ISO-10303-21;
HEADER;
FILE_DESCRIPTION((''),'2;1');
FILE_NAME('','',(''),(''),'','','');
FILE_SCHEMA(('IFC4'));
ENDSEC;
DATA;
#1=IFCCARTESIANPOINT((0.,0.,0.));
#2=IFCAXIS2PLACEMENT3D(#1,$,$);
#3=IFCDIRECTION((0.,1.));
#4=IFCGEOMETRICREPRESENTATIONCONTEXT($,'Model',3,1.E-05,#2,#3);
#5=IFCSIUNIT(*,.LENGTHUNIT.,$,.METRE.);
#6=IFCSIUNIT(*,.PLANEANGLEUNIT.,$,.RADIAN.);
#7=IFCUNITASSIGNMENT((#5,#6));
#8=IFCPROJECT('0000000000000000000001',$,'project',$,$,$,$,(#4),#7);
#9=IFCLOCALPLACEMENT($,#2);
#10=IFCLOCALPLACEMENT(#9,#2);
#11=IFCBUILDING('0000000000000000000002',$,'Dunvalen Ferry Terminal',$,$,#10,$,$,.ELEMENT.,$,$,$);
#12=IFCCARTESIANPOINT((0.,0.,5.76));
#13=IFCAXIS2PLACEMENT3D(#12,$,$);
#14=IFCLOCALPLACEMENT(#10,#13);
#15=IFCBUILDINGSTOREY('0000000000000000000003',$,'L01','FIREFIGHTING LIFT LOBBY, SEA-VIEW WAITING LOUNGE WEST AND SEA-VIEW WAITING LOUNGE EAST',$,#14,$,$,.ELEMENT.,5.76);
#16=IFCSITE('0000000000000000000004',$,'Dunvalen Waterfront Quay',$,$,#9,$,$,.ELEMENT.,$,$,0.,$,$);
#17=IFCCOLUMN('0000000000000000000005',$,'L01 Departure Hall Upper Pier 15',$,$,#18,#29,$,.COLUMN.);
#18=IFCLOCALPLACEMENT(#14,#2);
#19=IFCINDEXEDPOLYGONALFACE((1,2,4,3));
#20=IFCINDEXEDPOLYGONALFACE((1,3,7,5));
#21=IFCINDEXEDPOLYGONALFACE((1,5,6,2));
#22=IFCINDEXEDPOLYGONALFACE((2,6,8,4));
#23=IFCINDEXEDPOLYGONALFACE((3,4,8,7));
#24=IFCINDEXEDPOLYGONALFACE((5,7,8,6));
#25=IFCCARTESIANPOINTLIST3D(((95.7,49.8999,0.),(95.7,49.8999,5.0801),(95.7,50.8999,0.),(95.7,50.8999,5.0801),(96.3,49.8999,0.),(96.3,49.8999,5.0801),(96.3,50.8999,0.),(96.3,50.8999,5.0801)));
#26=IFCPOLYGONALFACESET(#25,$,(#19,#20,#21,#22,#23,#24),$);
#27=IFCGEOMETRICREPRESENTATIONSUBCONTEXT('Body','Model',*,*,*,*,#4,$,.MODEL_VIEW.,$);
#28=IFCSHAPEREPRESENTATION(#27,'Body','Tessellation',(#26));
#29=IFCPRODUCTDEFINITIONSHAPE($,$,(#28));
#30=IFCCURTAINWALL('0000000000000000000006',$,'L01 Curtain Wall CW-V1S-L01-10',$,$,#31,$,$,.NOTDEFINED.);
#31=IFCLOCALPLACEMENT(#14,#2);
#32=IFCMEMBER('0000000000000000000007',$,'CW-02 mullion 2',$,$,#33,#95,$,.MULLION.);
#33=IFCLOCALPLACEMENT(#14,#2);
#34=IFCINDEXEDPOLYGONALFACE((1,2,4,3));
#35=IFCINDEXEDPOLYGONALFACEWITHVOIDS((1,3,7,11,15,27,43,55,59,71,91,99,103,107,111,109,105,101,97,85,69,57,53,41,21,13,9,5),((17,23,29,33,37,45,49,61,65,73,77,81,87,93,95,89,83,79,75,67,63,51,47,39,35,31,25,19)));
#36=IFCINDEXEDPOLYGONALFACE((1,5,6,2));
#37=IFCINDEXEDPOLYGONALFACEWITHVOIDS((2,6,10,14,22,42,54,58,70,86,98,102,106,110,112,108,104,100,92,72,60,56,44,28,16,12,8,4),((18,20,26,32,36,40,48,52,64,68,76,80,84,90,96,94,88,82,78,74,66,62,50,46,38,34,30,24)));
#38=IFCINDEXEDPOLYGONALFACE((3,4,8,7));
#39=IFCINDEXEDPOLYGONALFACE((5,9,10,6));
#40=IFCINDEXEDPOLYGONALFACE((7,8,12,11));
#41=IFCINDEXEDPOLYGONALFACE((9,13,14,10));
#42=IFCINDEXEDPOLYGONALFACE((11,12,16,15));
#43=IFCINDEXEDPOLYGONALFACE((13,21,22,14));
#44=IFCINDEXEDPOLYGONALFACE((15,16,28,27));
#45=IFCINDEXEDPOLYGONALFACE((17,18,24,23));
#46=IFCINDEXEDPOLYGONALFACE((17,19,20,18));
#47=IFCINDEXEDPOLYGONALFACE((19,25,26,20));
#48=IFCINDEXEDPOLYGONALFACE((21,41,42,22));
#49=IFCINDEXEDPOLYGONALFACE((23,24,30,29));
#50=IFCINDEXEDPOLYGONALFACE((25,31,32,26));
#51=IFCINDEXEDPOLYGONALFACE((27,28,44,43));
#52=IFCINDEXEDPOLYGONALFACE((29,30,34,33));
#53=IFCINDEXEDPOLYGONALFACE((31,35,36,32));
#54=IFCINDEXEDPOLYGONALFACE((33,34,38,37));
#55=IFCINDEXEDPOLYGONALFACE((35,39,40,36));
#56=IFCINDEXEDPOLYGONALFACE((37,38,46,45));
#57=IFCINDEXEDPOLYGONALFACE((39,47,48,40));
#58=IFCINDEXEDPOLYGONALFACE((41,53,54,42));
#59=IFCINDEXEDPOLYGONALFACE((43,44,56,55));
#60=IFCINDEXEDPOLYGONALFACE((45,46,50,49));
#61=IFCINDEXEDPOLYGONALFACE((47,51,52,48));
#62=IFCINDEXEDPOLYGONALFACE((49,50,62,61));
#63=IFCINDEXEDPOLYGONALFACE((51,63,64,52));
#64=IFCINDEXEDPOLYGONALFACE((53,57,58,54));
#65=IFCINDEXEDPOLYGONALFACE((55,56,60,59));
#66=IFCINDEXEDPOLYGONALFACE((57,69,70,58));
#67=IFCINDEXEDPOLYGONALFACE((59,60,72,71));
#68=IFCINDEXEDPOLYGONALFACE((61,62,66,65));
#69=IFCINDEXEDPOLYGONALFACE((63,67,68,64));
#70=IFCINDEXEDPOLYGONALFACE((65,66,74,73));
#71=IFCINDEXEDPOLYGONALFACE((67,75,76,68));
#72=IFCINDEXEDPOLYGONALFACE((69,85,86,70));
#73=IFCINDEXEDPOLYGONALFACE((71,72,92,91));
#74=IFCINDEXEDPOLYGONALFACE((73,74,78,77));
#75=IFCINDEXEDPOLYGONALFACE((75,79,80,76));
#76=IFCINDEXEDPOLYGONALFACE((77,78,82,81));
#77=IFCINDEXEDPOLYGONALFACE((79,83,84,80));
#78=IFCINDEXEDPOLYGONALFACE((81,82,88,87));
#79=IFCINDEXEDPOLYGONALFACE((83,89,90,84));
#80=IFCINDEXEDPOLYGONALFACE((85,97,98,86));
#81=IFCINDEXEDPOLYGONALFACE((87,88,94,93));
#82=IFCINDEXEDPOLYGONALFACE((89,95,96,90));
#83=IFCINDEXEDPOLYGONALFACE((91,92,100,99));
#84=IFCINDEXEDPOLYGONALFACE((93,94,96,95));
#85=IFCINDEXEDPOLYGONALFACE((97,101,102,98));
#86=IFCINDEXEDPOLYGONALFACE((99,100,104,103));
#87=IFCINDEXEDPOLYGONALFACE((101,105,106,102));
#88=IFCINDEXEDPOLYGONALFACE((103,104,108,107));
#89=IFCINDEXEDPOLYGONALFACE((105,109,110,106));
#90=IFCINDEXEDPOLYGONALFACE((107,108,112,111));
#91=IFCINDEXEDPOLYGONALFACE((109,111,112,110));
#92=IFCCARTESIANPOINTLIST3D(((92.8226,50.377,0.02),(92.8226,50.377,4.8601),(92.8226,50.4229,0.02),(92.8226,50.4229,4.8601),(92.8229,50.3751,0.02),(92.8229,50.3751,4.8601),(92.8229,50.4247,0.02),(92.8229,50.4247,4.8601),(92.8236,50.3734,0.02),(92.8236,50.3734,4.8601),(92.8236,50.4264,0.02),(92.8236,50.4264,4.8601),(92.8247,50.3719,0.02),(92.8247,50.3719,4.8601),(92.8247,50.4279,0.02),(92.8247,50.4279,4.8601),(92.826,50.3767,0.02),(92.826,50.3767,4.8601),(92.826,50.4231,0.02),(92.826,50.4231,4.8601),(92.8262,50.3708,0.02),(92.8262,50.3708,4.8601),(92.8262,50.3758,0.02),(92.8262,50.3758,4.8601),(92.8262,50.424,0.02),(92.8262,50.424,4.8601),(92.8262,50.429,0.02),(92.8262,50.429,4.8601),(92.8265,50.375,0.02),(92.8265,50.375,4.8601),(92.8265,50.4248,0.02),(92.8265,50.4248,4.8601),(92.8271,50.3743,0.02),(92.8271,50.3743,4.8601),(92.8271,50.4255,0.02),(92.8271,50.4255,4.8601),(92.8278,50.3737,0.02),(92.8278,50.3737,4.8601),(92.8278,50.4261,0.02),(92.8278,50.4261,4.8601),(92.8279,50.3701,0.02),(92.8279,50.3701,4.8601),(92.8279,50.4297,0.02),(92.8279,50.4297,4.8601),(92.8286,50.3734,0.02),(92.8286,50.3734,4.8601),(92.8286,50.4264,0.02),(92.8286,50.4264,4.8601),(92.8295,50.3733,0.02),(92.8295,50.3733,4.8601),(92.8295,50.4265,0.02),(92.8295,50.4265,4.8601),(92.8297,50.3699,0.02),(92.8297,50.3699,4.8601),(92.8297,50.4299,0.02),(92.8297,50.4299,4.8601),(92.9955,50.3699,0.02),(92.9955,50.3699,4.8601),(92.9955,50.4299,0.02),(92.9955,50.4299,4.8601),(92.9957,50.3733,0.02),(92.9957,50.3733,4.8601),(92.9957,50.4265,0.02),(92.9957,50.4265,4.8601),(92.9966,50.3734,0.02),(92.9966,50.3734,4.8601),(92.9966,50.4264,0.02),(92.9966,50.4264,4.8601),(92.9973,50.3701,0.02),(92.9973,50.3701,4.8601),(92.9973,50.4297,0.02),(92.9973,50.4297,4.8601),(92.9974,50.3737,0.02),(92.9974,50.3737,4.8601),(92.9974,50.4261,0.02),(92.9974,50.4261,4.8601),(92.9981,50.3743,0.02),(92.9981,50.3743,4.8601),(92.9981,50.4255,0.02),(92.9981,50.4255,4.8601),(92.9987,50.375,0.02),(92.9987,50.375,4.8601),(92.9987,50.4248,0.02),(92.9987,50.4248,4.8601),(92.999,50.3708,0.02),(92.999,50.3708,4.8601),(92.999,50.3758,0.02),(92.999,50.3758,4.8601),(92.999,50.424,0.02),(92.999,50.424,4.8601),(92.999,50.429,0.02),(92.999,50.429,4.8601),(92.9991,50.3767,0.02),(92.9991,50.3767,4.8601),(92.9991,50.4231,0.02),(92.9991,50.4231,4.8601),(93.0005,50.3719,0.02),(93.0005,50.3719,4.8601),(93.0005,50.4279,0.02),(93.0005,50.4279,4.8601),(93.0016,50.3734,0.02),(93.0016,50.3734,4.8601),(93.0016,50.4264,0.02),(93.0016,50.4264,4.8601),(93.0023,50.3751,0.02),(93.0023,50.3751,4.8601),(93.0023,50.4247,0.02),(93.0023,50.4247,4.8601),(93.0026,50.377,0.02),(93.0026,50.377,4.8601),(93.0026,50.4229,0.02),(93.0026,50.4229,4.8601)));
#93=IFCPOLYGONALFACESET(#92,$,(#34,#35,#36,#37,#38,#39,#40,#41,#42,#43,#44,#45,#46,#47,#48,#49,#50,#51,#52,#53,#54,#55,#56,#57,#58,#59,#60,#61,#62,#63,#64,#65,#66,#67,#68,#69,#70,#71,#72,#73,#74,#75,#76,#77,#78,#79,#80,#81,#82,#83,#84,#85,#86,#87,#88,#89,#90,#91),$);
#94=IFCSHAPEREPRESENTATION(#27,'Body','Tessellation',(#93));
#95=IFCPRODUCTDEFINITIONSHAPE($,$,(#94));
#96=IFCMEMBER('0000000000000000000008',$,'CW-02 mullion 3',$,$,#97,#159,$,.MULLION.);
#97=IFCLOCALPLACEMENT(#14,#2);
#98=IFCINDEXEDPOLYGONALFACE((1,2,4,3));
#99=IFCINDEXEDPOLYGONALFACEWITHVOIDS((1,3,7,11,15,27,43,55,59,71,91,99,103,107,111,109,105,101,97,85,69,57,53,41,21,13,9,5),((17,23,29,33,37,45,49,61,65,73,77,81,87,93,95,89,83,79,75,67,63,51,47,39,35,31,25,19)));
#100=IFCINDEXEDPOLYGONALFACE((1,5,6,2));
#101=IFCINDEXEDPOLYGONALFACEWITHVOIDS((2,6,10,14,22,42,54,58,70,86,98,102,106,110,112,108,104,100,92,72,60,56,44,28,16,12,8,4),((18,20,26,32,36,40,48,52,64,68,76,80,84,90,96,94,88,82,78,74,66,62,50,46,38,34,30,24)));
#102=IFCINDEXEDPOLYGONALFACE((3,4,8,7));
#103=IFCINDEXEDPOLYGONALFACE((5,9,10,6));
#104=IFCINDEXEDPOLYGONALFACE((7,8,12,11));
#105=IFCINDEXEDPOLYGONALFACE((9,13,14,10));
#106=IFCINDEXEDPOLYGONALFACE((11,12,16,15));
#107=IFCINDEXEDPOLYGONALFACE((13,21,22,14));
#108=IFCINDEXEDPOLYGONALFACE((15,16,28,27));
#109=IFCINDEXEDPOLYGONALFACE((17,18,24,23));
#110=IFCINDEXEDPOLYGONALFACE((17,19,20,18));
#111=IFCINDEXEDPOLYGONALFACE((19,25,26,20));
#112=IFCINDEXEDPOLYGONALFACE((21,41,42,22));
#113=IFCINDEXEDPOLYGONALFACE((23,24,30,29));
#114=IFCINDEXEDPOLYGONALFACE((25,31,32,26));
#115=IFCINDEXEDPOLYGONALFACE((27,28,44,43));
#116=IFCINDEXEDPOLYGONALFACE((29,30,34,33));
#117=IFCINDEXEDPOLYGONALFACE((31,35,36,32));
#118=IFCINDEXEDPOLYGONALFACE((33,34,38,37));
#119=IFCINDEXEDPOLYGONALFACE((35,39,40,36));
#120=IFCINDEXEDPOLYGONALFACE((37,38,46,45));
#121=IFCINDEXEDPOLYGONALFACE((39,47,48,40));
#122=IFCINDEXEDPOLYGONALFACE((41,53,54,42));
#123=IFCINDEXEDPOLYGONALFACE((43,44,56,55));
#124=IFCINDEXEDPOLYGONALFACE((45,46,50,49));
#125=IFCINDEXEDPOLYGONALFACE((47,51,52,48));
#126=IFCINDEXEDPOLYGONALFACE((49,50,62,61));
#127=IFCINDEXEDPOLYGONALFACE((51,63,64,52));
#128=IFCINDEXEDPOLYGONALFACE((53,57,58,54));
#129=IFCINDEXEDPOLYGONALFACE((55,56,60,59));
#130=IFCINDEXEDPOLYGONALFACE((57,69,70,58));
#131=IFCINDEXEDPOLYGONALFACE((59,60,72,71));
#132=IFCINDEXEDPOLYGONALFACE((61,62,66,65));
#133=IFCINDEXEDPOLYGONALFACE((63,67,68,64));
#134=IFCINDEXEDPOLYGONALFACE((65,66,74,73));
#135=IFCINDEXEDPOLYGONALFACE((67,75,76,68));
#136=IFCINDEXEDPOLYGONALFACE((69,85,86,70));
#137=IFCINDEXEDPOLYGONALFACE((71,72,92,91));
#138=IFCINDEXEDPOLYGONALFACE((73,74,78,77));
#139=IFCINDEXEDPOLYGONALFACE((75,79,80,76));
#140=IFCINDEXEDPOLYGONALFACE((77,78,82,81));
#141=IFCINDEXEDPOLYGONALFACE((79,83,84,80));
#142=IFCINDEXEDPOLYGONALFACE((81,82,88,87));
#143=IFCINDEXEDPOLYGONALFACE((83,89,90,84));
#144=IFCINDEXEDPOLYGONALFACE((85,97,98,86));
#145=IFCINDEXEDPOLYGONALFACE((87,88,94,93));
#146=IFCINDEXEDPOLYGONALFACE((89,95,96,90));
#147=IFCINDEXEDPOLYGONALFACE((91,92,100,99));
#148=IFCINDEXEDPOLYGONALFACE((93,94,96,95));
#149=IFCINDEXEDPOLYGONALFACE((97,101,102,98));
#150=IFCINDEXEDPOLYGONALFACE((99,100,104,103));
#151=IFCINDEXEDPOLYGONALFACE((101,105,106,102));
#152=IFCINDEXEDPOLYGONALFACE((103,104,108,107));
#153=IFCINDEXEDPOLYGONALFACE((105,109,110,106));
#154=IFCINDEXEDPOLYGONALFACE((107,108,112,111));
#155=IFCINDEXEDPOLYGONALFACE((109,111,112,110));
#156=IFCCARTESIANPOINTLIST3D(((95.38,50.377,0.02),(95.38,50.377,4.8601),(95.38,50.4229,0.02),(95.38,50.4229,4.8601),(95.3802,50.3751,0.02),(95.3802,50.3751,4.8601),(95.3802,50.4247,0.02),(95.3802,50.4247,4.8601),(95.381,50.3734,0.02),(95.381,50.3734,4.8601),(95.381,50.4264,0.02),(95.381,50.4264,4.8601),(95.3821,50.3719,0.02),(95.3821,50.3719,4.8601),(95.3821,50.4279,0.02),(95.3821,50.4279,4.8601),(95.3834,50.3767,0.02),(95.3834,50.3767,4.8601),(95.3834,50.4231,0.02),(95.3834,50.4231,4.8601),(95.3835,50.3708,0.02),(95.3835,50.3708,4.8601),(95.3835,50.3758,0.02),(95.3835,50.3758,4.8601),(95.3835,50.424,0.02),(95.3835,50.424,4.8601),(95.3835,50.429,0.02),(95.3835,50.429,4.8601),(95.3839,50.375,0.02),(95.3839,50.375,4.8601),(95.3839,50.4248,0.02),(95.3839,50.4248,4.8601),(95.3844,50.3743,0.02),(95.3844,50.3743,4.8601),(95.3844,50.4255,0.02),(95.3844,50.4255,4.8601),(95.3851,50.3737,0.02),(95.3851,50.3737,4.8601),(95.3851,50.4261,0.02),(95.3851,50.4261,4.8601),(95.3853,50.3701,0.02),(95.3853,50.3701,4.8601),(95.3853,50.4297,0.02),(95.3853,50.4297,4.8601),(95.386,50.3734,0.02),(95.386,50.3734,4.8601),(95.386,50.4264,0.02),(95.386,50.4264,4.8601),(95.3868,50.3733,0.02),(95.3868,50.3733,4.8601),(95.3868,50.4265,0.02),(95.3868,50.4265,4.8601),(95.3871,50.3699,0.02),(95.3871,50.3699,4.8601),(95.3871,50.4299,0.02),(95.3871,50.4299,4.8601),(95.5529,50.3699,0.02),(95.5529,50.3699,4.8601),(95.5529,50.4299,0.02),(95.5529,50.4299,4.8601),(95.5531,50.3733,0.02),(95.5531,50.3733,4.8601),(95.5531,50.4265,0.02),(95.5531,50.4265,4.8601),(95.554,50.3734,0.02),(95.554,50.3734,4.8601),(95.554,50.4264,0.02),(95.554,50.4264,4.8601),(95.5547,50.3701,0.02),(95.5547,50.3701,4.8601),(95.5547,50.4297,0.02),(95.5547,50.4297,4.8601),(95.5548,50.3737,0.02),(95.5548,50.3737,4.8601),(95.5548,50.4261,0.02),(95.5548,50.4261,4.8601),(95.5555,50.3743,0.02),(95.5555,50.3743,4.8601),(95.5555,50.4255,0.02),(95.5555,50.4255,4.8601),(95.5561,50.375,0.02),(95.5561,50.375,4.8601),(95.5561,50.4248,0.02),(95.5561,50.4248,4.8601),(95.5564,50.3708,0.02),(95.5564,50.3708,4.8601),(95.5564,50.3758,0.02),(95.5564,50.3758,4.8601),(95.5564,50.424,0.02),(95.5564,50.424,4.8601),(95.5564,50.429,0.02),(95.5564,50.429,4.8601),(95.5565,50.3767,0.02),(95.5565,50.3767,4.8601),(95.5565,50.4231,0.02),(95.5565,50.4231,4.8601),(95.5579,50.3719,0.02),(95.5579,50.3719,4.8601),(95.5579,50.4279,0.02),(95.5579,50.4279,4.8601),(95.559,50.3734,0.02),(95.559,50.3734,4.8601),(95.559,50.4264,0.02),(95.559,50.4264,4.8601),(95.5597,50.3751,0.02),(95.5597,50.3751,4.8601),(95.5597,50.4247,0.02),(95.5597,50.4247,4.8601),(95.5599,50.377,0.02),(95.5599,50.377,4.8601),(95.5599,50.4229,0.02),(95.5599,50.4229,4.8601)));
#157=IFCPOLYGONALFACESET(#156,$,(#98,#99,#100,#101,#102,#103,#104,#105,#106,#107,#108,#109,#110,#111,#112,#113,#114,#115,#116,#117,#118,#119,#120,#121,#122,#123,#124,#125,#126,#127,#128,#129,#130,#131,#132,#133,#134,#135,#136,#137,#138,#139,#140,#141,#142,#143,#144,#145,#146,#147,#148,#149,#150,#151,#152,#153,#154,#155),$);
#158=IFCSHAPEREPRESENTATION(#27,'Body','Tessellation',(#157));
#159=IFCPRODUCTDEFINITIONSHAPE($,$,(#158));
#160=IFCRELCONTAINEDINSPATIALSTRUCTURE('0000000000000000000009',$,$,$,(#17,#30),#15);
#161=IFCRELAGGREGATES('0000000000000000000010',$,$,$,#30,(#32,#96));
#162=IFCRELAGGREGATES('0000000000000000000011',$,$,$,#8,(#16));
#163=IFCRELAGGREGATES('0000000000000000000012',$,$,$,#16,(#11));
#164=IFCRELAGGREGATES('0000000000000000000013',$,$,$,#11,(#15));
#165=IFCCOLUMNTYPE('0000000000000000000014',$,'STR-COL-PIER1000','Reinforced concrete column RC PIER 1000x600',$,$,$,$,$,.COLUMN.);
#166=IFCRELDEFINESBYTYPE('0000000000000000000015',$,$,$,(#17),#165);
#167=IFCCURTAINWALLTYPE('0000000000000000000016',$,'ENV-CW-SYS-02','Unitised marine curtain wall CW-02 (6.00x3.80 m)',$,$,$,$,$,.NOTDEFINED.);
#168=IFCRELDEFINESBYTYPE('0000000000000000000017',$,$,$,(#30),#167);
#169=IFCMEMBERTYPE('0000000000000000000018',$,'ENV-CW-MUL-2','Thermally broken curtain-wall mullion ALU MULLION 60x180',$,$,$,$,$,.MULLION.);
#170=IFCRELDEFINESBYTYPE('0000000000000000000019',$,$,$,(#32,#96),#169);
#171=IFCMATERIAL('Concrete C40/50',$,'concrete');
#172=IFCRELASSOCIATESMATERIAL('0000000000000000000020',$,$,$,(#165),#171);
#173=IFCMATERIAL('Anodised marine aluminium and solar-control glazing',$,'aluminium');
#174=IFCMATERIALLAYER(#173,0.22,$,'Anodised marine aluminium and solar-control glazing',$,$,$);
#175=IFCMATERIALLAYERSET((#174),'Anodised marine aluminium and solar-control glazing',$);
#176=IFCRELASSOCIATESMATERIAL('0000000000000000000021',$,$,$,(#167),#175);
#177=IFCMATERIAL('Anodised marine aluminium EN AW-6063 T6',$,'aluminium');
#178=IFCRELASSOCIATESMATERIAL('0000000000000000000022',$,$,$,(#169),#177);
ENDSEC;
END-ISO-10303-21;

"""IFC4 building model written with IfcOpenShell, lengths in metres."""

from ifc_helpers import new_model, si_unit, direction, frame, origin, origin_2d, place, context, subcontext, project, spatial, rectangle, hollow_rectangle, extrude, material, layer, layer_set, material_profile, profile_set, type_object, element, aggregate, save


model = new_model("IFC4")

# Units and contexts
model_context = context("Model", 3, precision=1e-05, world=origin(), true_north=direction((0.0, 1.0)))
body_context = subcontext(model_context, "Body", "Model", "MODEL_VIEW")
ifc_project = project(units=[si_unit("LENGTHUNIT", "METRE"), si_unit("PLANEANGLEUNIT", "RADIAN")], contexts=[model_context])

# Site, building, storey
site_placement = place(None, origin())
site = spatial("IfcSite", under=ifc_project, at=site_placement, Name="Dunvalen Waterfront Quay", CompositionType="ELEMENT", RefElevation=0.0)
building_placement = place(site_placement, origin())
building = spatial("IfcBuilding", under=site, at=building_placement, Name="Dunvalen Ferry Terminal", CompositionType="ELEMENT")
storey_placement = place(building_placement, frame((0.0, 0.0, 5.76)))
storey = spatial("IfcBuildingStorey", under=building, at=storey_placement, Name="L01", Description="FIREFIGHTING LIFT LOBBY, SEA-VIEW WAITING LOUNGE WEST AND SEA-VIEW WAITING LOUNGE EAST", CompositionType="ELEMENT", Elevation=5.76)

# Column
ifc_material_1 = material(Name="Concrete C40/50", Category="concrete")
ifc_material_profile_1 = material_profile(ifc_material_1, rectangle(XDim=0.6001, YDim=1.0, at=origin_2d()), Name="Concrete C40/50")
ifc_profile_set_1 = profile_set([ifc_material_profile_1], Name="Concrete C40/50")
column_type = type_object("IfcColumnType", Name="STR-COL-PIER1000", Description="Reinforced concrete column RC PIER 1000x600", PredefinedType="COLUMN", material=ifc_profile_set_1)
column_placement = place(storey_placement, frame((96.0, 50.3999, 0.0), z_axis=(0.0, 0.0, 1.0), x_axis=(1.0, 0.0, 0.0)))
element("IfcColumn", 1, at=column_placement, inside=storey, type_object=column_type, Name="L01 Departure Hall Upper Pier 15", PredefinedType="COLUMN", context=body_context, shape_type="SweptSolid", body=[
    extrude(rectangle(XDim=0.6001, YDim=1.0, at=origin_2d()), origin(), (0.0, 0.0, 1.0), 5.0801),
])

# Curtain wall, members
ifc_material_2 = material(Name="Anodised marine aluminium and solar-control glazing", Category="aluminium")
ifc_layer_1 = layer(ifc_material_2, 0.22, Name="Anodised marine aluminium and solar-control glazing")
ifc_layer_set_1 = layer_set([ifc_layer_1], Name="Anodised marine aluminium and solar-control glazing")
curtain_wall_type_1 = type_object("IfcCurtainWallType", Name="ENV-CW-SYS-02", Description="Unitised marine curtain wall CW-02 (6.00x3.80 m)", PredefinedType="NOTDEFINED", material=ifc_layer_set_1)
curtain_wall_1_placement = place(storey_placement, origin())
curtain_wall_1 = element("IfcCurtainWall", 2, at=curtain_wall_1_placement, inside=storey, type_object=curtain_wall_type_1, Name="L01 Curtain Wall CW-V1S-L01-10", PredefinedType="NOTDEFINED")
ifc_material_3 = material(Name="Anodised marine aluminium EN AW-6063 T6", Category="aluminium")
ifc_material_profile_2 = material_profile(ifc_material_3, hollow_rectangle(XDim=0.0601, YDim=0.1799, WallThickness=0.0034, InnerFilletRadius=0.0034, OuterFilletRadius=0.0071, at=origin_2d()), Name="Anodised marine aluminium EN AW-6063 T6")
ifc_profile_set_2 = profile_set([ifc_material_profile_2], Name="Anodised marine aluminium EN AW-6063 T6")
member_type_1 = type_object("IfcMemberType", Name="ENV-CW-MUL-2", Description="Thermally broken curtain-wall mullion ALU MULLION 60x180", PredefinedType="MULLION", material=ifc_profile_set_2)
member_1_placement = place(storey_placement, frame((92.9126, 50.3999, 0.02), z_axis=(0.0, 0.0, 1.0), x_axis=(0.0, 1.0, 0.0)))
member_1 = element("IfcMember", 3, at=member_1_placement, type_object=member_type_1, Name="CW-02 mullion 2", PredefinedType="MULLION", context=body_context, shape_type="SweptSolid", body=[
    extrude(hollow_rectangle(XDim=0.0601, YDim=0.1799, WallThickness=0.0034, InnerFilletRadius=0.0034, OuterFilletRadius=0.0071, at=origin_2d()), origin(), (0.0, 0.0, 1.0), 4.8401),
])
member_2_placement = place(storey_placement, frame((95.47, 50.3999, 0.02), z_axis=(0.0, 0.0, 1.0), x_axis=(0.0, 1.0, 0.0)))
member_2 = element("IfcMember", 4, at=member_2_placement, type_object=member_type_1, Name="CW-02 mullion 3", PredefinedType="MULLION", context=body_context, shape_type="SweptSolid", body=[
    extrude(hollow_rectangle(XDim=0.0601, YDim=0.1799, WallThickness=0.0034, InnerFilletRadius=0.0034, OuterFilletRadius=0.0071, at=origin_2d()), origin(), (0.0, 0.0, 1.0), 4.8401),
])

aggregate(curtain_wall_1, [member_1, member_2])

save(model, "model.ifc")
